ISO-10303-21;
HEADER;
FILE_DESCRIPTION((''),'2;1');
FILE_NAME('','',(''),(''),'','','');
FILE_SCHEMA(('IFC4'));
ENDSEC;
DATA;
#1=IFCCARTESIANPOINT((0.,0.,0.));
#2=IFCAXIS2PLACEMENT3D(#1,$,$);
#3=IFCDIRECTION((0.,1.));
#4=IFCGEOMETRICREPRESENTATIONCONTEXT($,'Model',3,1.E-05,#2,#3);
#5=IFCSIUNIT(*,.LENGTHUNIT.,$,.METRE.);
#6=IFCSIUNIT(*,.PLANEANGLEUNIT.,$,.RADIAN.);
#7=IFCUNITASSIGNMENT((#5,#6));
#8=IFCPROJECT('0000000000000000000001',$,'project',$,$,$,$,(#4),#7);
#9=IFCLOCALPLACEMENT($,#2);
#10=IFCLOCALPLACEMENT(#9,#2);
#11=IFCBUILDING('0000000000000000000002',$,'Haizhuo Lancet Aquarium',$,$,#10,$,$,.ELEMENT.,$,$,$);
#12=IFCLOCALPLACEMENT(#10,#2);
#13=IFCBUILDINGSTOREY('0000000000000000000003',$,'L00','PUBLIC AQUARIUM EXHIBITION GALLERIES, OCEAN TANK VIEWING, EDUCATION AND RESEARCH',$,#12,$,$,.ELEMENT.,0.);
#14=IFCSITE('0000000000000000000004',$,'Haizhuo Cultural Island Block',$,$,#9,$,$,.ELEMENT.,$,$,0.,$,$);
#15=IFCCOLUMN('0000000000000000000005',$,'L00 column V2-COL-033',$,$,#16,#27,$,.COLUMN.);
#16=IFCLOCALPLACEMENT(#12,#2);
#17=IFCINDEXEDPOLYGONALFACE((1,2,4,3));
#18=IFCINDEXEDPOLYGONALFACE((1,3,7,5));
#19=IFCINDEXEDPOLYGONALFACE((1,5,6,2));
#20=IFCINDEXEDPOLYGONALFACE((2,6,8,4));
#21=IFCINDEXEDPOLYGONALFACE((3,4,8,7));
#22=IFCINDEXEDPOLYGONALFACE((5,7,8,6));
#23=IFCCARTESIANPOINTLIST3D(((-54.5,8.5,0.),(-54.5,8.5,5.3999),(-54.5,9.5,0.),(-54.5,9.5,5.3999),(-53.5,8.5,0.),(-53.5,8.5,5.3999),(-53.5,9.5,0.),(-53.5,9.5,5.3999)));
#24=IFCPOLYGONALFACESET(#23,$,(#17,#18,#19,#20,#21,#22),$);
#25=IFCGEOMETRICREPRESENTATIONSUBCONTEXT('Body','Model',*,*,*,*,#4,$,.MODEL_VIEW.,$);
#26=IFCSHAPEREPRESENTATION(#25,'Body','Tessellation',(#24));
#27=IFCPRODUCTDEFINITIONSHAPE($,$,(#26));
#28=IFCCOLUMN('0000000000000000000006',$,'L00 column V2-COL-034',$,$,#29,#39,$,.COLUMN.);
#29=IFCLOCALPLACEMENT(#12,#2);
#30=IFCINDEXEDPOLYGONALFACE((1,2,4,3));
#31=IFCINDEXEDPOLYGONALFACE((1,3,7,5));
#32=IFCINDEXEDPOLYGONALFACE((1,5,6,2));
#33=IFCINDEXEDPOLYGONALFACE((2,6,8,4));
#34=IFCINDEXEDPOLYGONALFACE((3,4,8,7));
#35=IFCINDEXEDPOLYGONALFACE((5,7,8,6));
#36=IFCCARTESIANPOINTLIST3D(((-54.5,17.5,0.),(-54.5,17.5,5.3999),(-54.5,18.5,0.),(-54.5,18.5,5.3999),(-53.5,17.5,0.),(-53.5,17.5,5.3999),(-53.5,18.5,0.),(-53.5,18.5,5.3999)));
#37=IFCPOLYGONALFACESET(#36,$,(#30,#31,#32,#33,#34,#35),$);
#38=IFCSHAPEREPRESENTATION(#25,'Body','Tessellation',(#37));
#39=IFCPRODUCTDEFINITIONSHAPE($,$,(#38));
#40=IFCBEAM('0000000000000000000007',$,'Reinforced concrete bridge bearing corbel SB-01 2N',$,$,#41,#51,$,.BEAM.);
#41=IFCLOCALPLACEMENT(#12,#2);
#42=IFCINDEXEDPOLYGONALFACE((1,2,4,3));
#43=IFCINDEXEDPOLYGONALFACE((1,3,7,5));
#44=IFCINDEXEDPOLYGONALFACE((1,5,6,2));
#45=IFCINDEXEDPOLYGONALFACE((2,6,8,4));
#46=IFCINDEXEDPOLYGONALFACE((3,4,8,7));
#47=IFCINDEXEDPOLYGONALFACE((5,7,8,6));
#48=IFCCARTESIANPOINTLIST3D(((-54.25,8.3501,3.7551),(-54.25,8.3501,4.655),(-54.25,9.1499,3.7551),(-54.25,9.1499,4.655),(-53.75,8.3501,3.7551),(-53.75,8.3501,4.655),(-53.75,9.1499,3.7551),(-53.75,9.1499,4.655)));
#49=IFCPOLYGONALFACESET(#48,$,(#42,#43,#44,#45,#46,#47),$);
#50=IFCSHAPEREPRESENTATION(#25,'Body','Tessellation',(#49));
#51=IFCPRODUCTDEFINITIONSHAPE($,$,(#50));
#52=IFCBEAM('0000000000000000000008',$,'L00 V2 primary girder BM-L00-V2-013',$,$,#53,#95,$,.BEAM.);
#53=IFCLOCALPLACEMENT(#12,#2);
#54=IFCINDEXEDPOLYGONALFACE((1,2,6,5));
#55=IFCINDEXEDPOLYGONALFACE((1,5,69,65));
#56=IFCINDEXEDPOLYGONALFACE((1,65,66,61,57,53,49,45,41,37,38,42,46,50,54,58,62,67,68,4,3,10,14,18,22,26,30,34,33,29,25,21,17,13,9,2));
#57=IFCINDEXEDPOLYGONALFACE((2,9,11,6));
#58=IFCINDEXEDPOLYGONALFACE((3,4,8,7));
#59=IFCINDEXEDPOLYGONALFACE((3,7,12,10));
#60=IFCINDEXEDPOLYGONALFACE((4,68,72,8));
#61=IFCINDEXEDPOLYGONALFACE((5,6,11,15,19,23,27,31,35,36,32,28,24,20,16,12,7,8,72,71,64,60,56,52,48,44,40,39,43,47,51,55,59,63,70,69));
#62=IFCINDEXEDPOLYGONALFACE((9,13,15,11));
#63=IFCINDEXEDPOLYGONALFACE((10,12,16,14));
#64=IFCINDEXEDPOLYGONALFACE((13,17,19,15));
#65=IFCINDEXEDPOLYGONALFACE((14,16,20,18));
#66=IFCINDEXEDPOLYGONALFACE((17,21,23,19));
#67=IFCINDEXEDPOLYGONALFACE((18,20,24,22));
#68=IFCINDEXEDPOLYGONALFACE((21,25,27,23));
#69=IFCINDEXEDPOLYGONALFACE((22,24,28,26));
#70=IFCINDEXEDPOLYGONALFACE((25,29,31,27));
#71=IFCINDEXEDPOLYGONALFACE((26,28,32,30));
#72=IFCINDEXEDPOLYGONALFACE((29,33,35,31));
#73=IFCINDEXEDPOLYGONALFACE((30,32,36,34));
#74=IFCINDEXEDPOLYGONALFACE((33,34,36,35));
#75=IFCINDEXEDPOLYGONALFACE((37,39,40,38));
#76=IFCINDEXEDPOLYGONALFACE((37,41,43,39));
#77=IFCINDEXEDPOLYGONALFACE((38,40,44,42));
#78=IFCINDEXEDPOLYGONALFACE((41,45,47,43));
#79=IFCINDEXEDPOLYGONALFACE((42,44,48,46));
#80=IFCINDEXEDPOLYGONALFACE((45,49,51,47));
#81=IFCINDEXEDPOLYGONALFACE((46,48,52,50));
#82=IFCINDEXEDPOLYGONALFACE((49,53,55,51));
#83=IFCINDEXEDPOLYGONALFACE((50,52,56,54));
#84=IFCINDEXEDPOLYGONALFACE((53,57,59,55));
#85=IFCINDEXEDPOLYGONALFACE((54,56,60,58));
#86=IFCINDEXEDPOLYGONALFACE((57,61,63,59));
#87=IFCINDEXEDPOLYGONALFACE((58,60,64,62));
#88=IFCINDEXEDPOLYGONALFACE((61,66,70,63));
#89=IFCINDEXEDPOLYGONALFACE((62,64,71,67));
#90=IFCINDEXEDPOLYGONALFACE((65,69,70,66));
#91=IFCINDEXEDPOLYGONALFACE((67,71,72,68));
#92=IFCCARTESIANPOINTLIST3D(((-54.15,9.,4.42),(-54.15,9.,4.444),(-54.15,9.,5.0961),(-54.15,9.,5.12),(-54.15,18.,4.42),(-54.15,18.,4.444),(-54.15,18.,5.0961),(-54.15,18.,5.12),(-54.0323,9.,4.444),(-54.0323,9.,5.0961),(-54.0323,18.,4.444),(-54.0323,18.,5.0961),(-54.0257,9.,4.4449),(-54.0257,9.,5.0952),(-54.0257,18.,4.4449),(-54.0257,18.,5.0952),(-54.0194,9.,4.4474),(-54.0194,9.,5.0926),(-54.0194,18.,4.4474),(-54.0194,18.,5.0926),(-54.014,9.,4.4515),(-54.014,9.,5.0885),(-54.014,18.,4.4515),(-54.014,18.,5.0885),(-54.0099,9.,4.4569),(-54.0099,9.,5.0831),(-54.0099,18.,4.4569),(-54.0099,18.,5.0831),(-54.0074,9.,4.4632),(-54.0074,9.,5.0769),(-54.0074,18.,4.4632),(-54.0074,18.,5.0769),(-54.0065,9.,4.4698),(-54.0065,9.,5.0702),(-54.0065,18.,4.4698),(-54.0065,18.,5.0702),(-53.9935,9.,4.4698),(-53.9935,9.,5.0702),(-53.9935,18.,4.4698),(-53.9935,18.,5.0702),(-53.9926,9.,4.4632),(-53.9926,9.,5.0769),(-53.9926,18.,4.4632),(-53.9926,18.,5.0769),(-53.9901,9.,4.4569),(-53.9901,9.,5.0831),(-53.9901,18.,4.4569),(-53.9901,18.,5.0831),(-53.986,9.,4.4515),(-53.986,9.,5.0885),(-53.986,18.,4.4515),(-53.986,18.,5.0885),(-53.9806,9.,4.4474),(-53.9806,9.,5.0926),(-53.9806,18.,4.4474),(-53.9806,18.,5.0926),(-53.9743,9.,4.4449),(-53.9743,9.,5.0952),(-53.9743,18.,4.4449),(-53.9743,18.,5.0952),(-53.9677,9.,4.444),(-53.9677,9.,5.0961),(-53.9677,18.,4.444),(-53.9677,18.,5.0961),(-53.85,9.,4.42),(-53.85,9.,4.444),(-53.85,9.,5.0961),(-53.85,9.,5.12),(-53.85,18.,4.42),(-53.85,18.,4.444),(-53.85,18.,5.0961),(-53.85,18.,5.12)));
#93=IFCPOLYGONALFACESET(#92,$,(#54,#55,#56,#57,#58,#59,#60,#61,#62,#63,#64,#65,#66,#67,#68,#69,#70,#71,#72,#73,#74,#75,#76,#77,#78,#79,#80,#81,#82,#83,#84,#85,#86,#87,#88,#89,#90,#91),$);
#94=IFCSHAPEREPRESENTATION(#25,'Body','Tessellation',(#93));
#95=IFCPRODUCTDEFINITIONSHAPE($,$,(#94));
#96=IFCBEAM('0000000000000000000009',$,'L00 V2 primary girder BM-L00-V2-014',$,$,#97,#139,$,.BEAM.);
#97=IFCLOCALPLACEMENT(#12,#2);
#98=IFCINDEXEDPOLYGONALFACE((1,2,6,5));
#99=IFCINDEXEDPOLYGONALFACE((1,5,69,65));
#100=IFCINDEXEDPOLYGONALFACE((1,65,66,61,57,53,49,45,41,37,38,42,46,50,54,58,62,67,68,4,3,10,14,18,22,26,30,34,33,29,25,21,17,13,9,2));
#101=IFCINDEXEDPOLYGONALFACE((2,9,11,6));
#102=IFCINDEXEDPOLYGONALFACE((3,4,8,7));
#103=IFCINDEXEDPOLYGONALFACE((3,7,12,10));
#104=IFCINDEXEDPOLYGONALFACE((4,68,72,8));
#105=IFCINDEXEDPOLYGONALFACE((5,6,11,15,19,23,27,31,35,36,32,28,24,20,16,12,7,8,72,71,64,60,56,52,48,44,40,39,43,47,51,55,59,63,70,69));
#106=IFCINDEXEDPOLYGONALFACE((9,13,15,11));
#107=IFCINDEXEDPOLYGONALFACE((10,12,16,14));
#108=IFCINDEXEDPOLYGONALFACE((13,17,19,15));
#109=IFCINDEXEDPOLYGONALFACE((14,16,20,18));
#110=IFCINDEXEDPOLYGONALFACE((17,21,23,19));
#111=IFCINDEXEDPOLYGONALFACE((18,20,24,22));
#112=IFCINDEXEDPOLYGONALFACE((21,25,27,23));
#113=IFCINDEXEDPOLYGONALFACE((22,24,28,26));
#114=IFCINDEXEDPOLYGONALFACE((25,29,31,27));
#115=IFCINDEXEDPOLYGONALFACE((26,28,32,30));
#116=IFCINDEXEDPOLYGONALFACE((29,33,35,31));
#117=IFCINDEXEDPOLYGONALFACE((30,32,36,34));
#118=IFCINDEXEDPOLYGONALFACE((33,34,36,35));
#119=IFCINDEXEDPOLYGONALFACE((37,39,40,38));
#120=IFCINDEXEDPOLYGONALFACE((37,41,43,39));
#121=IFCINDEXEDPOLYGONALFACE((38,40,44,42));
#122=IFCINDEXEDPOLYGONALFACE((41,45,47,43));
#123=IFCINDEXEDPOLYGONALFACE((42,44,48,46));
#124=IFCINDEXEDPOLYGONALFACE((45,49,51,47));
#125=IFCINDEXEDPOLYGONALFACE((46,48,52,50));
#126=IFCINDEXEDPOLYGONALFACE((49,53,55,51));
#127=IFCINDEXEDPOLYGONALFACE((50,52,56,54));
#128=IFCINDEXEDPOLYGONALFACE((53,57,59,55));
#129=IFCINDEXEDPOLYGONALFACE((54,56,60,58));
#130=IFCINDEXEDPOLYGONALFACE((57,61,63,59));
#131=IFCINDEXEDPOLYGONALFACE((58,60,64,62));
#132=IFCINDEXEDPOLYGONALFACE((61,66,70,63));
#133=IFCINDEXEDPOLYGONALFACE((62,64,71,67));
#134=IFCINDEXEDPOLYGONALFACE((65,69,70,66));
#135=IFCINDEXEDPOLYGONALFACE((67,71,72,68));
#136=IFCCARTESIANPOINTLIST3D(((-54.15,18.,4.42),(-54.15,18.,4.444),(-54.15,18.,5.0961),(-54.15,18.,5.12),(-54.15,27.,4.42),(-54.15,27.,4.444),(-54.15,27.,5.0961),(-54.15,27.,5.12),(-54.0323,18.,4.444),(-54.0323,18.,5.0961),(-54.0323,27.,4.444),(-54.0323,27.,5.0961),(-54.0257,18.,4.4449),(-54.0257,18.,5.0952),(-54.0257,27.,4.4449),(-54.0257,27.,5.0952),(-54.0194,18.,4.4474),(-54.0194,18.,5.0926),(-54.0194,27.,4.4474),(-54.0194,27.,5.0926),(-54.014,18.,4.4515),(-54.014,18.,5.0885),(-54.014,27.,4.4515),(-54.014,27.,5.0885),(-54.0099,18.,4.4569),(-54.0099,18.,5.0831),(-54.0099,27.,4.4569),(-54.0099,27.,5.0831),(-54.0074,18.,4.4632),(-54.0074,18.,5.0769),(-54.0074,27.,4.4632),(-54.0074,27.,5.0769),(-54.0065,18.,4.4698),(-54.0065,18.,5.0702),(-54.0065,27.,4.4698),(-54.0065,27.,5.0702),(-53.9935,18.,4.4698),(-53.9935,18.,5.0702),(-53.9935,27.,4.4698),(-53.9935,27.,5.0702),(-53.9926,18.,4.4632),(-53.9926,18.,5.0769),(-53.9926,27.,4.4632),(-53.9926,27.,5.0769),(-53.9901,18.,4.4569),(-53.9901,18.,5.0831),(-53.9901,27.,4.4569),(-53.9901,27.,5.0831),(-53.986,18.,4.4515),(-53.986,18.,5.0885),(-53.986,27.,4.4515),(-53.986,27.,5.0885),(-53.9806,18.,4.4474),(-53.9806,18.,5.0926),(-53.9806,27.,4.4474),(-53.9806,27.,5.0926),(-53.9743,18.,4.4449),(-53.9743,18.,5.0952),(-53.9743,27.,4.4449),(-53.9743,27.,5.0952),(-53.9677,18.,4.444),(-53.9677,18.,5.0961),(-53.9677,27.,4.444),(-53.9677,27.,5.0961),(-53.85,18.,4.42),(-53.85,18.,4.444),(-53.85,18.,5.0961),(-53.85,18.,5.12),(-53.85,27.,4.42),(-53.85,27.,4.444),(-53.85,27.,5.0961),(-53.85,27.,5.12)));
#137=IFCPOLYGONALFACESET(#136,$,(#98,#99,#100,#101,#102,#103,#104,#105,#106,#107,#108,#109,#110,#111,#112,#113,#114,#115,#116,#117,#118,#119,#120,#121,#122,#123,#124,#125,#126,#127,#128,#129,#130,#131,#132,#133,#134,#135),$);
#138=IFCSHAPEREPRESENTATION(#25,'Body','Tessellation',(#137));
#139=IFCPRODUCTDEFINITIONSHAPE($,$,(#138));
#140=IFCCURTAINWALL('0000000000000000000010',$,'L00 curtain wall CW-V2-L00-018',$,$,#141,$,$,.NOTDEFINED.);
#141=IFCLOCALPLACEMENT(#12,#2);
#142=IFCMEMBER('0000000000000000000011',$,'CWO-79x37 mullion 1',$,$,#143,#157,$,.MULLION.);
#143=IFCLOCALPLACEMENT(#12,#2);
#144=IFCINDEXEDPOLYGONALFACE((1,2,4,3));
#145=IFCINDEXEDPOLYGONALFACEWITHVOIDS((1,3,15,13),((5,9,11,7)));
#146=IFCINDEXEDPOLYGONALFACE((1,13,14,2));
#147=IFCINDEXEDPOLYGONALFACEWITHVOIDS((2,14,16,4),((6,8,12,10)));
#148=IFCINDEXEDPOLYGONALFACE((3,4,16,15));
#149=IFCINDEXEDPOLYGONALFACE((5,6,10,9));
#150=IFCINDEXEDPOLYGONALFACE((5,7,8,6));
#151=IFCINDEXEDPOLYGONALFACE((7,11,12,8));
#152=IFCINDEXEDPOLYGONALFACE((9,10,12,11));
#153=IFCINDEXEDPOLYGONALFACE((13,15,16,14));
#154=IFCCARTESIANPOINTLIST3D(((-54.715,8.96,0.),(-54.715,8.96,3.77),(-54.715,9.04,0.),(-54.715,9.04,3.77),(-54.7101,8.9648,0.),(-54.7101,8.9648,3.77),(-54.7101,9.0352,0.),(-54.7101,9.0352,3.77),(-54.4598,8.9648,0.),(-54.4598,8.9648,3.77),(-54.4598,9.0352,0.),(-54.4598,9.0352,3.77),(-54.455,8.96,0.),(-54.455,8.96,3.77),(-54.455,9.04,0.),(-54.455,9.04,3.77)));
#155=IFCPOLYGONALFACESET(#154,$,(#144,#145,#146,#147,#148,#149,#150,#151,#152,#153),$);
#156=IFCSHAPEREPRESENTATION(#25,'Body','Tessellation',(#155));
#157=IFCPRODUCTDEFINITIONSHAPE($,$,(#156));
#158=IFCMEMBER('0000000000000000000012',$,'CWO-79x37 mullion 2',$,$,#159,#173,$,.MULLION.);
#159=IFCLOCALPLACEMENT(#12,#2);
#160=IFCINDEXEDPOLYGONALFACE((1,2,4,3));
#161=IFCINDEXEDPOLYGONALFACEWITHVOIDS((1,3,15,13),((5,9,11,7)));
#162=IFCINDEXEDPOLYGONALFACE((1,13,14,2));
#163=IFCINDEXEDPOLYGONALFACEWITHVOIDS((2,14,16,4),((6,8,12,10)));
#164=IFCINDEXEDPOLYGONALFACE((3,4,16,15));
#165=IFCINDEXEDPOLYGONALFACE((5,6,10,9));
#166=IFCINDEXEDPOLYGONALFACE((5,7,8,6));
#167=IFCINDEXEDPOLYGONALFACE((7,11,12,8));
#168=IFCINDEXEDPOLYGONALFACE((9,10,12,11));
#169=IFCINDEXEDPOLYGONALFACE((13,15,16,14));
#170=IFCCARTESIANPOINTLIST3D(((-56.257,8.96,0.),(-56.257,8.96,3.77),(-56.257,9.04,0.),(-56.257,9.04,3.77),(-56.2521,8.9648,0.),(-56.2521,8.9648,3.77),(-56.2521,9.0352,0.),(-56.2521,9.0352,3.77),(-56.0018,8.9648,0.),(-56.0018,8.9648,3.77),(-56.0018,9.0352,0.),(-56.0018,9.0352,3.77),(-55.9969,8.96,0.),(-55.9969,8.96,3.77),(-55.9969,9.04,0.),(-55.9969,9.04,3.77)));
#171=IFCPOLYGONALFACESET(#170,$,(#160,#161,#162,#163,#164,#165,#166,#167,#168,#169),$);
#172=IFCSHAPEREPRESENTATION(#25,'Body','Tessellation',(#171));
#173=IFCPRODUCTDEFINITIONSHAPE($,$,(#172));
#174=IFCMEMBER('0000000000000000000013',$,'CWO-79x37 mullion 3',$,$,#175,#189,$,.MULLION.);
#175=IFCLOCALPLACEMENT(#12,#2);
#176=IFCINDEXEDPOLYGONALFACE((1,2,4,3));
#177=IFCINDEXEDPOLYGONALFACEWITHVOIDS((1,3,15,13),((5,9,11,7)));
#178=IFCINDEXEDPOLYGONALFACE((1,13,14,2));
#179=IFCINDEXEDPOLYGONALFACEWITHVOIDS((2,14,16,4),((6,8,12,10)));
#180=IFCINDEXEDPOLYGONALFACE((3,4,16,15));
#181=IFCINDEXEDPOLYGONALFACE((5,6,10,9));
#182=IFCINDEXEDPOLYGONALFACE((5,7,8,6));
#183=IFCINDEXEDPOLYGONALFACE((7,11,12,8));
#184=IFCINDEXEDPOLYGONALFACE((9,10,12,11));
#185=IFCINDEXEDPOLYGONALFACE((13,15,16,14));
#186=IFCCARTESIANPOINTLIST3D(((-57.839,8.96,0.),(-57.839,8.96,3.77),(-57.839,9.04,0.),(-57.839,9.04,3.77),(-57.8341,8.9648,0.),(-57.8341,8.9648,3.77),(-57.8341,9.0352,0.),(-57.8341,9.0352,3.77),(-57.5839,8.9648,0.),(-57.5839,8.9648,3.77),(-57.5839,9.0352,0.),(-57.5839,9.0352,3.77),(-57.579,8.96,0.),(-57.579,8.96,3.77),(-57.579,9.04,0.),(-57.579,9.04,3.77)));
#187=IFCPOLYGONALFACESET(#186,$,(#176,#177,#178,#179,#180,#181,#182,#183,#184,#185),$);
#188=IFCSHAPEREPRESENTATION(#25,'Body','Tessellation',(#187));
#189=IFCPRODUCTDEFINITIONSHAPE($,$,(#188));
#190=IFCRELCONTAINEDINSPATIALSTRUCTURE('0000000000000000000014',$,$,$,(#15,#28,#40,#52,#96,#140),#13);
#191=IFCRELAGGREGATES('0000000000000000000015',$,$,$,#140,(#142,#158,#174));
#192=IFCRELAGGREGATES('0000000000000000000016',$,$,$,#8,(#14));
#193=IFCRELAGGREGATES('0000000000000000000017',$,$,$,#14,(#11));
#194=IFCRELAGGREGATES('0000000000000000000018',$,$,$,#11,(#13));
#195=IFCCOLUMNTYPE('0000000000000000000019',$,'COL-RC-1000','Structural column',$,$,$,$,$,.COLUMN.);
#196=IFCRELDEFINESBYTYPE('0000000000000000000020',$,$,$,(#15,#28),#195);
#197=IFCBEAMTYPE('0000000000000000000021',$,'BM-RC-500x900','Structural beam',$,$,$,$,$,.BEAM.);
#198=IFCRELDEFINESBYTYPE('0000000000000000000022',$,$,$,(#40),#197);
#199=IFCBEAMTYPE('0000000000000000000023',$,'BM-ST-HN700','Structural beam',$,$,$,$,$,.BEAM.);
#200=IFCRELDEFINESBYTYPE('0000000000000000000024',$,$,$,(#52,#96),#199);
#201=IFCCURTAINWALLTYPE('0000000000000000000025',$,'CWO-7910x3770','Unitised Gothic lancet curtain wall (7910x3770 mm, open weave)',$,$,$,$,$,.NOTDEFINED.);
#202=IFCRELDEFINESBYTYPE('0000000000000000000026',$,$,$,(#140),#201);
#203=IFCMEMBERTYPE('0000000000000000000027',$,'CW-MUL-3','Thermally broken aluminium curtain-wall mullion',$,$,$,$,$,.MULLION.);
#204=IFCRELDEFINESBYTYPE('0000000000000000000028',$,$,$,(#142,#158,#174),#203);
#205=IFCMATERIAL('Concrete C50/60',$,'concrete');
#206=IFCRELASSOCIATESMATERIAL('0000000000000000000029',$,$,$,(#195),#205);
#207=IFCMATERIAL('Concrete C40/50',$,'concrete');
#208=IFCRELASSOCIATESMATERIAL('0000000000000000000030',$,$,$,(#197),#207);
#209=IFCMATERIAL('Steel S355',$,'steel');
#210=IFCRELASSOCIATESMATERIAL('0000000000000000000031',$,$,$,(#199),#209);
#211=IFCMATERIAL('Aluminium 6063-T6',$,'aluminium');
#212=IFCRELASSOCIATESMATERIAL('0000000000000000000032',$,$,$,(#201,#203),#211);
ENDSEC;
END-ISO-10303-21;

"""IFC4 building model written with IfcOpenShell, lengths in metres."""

from ifc_helpers import new_model, si_unit, direction, frame, origin, origin_2d, place, context, subcontext, project, spatial, rectangle, hollow_rectangle, i_section, extrude, material, material_profile, profile_set, type_object, element, aggregate, save


model = new_model("IFC4")

# Units and contexts
model_context = context("Model", 3, precision=1e-05, world=origin(), true_north=direction((0.0, 1.0)))
body_context = subcontext(model_context, "Body", "Model", "MODEL_VIEW")
ifc_project = project(units=[si_unit("LENGTHUNIT", "METRE"), si_unit("PLANEANGLEUNIT", "RADIAN")], contexts=[model_context])

# Site, building, storey
site_placement = place(None, origin())
site = spatial("IfcSite", under=ifc_project, at=site_placement, Name="Haizhuo Cultural Island Block", CompositionType="ELEMENT", RefElevation=0.0)
building_placement = place(site_placement, origin())
building = spatial("IfcBuilding", under=site, at=building_placement, Name="Haizhuo Lancet Aquarium", CompositionType="ELEMENT")
storey_placement = place(building_placement, origin())
storey = spatial("IfcBuildingStorey", under=building, at=storey_placement, Name="L00", Description="PUBLIC AQUARIUM EXHIBITION GALLERIES, OCEAN TANK VIEWING, EDUCATION AND RESEARCH", CompositionType="ELEMENT", Elevation=0.0)

# Columns
ifc_material_1 = material(Name="Concrete C50/60", Category="concrete")
ifc_material_profile_1 = material_profile(ifc_material_1, rectangle(XDim=1.0, YDim=1.0, at=origin_2d()), Name="RC-COL 1000x1000")
ifc_profile_set_1 = profile_set([ifc_material_profile_1], Name="Concrete C50/60")
column_type = type_object("IfcColumnType", Name="COL-RC-1000", Description="Structural column", PredefinedType="COLUMN", material=ifc_profile_set_1)
for number, where, z_axis, x_axis, name in (
    (1, (-54.0, 9.0, 0.0), (0.0, 0.0, 1.0), (1.0, 0.0, 0.0), "L00 column V2-COL-033"),
    (2, (-54.0, 18.0, 0.0), (0.0, 0.0, 1.0), (1.0, 0.0, 0.0), "L00 column V2-COL-034"),
):
    element("IfcColumn", number, at=place(storey_placement, frame(where, z_axis=z_axis, x_axis=x_axis)), inside=storey, type_object=column_type, Name=name, PredefinedType="COLUMN", context=body_context, shape_type="SweptSolid", body=[
        extrude(rectangle(XDim=1.0, YDim=1.0, at=origin_2d()), origin(), (0.0, 0.0, 1.0), 5.3999),
    ])

# Beams
ifc_material_2 = material(Name="Concrete C40/50", Category="concrete")
ifc_material_profile_2 = material_profile(ifc_material_2, rectangle(XDim=0.5, YDim=0.8999, at=origin_2d()), Name="RC-BM 500x900")
ifc_profile_set_2 = profile_set([ifc_material_profile_2], Name="Concrete C40/50")
beam_type_1 = type_object("IfcBeamType", Name="BM-RC-500x900", Description="Structural beam", PredefinedType="BEAM", material=ifc_profile_set_2)
beam_1_placement = place(storey_placement, frame((-54.0, 9.1499, 4.2051), z_axis=(0.0, -1.0, 0.0), x_axis=(1.0, 0.0, 0.0)))
element("IfcBeam", 3, at=beam_1_placement, inside=storey, type_object=beam_type_1, Name="Reinforced concrete bridge bearing corbel SB-01 2N", PredefinedType="BEAM", context=body_context, shape_type="SweptSolid", body=[
    extrude(rectangle(XDim=0.5, YDim=0.8999, at=origin_2d()), origin(), (0.0, 0.0, 1.0), 0.7998),
])
ifc_material_3 = material(Name="Steel S355", Category="steel")
ifc_material_profile_3 = material_profile(ifc_material_3, i_section(OverallWidth=0.3, OverallDepth=0.7, WebThickness=0.0129, FlangeThickness=0.0239, FilletRadius=0.0259, at=origin_2d()), Name="HN 700x300x13x24")
ifc_profile_set_3 = profile_set([ifc_material_profile_3], Name="Steel S355")
beam_type_2 = type_object("IfcBeamType", Name="BM-ST-HN700", Description="Structural beam", PredefinedType="BEAM", material=ifc_profile_set_3)
for number, where, z_axis, x_axis, name in (
    (4, (-54.0, 9.0, 4.77), (0.0, 1.0, 0.0), (-1.0, 0.0, 0.0), "L00 V2 primary girder BM-L00-V2-013"),
    (5, (-54.0, 18.0, 4.77), (0.0, 1.0, 0.0), (-1.0, 0.0, 0.0), "L00 V2 primary girder BM-L00-V2-014"),
):
    element("IfcBeam", number, at=place(storey_placement, frame(where, z_axis=z_axis, x_axis=x_axis)), inside=storey, type_object=beam_type_2, Name=name, PredefinedType="BEAM", context=body_context, shape_type="SweptSolid", body=[
        extrude(i_section(OverallWidth=0.3, OverallDepth=0.7, WebThickness=0.0129, FlangeThickness=0.0239, FilletRadius=0.0259, at=origin_2d()), origin(), (0.0, 0.0, 1.0), 9.0),
    ])

# Curtain wall, members
ifc_material_4 = material(Name="Aluminium 6063-T6", Category="aluminium")
curtain_wall_type = type_object("IfcCurtainWallType", Name="CWO-7910x3770", Description="Unitised Gothic lancet curtain wall (7910x3770 mm, open weave)", PredefinedType="NOTDEFINED", material=ifc_material_4)
curtain_wall_placement = place(storey_placement, origin())
curtain_wall = element("IfcCurtainWall", 6, at=curtain_wall_placement, inside=storey, type_object=curtain_wall_type, Name="L00 curtain wall CW-V2-L00-018", PredefinedType="NOTDEFINED")
ifc_material_profile_4 = material_profile(ifc_material_4, hollow_rectangle(XDim=0.0801, YDim=0.26, WallThickness=0.0049, at=origin_2d()), Name="ALU-M 80x260x5")
ifc_profile_set_4 = profile_set([ifc_material_profile_4], Name="Aluminium 6063-T6")
member_type_1 = type_object("IfcMemberType", Name="CW-MUL-3", Description="Thermally broken aluminium curtain-wall mullion", PredefinedType="MULLION", material=ifc_profile_set_4)
member_1_placement = place(storey_placement, frame((-54.585, 9.0, 0.0), z_axis=(0.0, 0.0, 1.0), x_axis=(0.0, -1.0, 0.0)))
member_1 = element("IfcMember", 7, at=member_1_placement, type_object=member_type_1, Name="CWO-79x37 mullion 1", PredefinedType="MULLION", context=body_context, shape_type="SweptSolid", body=[
    extrude(hollow_rectangle(XDim=0.0801, YDim=0.26, WallThickness=0.0049, at=origin_2d()), origin(), (0.0, 0.0, 1.0), 3.77),
])
member_2_placement = place(storey_placement, frame((-56.127, 9.0, 0.0), z_axis=(0.0, 0.0, 1.0), x_axis=(0.0, -1.0, 0.0)))
member_2 = element("IfcMember", 8, at=member_2_placement, type_object=member_type_1, Name="CWO-79x37 mullion 2", PredefinedType="MULLION", context=body_context, shape_type="SweptSolid", body=[
    extrude(hollow_rectangle(XDim=0.0801, YDim=0.26, WallThickness=0.0049, at=origin_2d()), origin(), (0.0, 0.0, 1.0), 3.77),
])
member_3_placement = place(storey_placement, frame((-57.709, 9.0, 0.0), z_axis=(0.0, 0.0, 1.0), x_axis=(0.0, -1.0, 0.0)))
member_3 = element("IfcMember", 9, at=member_3_placement, type_object=member_type_1, Name="CWO-79x37 mullion 3", PredefinedType="MULLION", context=body_context, shape_type="SweptSolid", body=[
    extrude(hollow_rectangle(XDim=0.0801, YDim=0.26, WallThickness=0.0049, at=origin_2d()), origin(), (0.0, 0.0, 1.0), 3.77),
])

aggregate(curtain_wall, [member_1, member_2, member_3])

save(model, "model.ifc")
